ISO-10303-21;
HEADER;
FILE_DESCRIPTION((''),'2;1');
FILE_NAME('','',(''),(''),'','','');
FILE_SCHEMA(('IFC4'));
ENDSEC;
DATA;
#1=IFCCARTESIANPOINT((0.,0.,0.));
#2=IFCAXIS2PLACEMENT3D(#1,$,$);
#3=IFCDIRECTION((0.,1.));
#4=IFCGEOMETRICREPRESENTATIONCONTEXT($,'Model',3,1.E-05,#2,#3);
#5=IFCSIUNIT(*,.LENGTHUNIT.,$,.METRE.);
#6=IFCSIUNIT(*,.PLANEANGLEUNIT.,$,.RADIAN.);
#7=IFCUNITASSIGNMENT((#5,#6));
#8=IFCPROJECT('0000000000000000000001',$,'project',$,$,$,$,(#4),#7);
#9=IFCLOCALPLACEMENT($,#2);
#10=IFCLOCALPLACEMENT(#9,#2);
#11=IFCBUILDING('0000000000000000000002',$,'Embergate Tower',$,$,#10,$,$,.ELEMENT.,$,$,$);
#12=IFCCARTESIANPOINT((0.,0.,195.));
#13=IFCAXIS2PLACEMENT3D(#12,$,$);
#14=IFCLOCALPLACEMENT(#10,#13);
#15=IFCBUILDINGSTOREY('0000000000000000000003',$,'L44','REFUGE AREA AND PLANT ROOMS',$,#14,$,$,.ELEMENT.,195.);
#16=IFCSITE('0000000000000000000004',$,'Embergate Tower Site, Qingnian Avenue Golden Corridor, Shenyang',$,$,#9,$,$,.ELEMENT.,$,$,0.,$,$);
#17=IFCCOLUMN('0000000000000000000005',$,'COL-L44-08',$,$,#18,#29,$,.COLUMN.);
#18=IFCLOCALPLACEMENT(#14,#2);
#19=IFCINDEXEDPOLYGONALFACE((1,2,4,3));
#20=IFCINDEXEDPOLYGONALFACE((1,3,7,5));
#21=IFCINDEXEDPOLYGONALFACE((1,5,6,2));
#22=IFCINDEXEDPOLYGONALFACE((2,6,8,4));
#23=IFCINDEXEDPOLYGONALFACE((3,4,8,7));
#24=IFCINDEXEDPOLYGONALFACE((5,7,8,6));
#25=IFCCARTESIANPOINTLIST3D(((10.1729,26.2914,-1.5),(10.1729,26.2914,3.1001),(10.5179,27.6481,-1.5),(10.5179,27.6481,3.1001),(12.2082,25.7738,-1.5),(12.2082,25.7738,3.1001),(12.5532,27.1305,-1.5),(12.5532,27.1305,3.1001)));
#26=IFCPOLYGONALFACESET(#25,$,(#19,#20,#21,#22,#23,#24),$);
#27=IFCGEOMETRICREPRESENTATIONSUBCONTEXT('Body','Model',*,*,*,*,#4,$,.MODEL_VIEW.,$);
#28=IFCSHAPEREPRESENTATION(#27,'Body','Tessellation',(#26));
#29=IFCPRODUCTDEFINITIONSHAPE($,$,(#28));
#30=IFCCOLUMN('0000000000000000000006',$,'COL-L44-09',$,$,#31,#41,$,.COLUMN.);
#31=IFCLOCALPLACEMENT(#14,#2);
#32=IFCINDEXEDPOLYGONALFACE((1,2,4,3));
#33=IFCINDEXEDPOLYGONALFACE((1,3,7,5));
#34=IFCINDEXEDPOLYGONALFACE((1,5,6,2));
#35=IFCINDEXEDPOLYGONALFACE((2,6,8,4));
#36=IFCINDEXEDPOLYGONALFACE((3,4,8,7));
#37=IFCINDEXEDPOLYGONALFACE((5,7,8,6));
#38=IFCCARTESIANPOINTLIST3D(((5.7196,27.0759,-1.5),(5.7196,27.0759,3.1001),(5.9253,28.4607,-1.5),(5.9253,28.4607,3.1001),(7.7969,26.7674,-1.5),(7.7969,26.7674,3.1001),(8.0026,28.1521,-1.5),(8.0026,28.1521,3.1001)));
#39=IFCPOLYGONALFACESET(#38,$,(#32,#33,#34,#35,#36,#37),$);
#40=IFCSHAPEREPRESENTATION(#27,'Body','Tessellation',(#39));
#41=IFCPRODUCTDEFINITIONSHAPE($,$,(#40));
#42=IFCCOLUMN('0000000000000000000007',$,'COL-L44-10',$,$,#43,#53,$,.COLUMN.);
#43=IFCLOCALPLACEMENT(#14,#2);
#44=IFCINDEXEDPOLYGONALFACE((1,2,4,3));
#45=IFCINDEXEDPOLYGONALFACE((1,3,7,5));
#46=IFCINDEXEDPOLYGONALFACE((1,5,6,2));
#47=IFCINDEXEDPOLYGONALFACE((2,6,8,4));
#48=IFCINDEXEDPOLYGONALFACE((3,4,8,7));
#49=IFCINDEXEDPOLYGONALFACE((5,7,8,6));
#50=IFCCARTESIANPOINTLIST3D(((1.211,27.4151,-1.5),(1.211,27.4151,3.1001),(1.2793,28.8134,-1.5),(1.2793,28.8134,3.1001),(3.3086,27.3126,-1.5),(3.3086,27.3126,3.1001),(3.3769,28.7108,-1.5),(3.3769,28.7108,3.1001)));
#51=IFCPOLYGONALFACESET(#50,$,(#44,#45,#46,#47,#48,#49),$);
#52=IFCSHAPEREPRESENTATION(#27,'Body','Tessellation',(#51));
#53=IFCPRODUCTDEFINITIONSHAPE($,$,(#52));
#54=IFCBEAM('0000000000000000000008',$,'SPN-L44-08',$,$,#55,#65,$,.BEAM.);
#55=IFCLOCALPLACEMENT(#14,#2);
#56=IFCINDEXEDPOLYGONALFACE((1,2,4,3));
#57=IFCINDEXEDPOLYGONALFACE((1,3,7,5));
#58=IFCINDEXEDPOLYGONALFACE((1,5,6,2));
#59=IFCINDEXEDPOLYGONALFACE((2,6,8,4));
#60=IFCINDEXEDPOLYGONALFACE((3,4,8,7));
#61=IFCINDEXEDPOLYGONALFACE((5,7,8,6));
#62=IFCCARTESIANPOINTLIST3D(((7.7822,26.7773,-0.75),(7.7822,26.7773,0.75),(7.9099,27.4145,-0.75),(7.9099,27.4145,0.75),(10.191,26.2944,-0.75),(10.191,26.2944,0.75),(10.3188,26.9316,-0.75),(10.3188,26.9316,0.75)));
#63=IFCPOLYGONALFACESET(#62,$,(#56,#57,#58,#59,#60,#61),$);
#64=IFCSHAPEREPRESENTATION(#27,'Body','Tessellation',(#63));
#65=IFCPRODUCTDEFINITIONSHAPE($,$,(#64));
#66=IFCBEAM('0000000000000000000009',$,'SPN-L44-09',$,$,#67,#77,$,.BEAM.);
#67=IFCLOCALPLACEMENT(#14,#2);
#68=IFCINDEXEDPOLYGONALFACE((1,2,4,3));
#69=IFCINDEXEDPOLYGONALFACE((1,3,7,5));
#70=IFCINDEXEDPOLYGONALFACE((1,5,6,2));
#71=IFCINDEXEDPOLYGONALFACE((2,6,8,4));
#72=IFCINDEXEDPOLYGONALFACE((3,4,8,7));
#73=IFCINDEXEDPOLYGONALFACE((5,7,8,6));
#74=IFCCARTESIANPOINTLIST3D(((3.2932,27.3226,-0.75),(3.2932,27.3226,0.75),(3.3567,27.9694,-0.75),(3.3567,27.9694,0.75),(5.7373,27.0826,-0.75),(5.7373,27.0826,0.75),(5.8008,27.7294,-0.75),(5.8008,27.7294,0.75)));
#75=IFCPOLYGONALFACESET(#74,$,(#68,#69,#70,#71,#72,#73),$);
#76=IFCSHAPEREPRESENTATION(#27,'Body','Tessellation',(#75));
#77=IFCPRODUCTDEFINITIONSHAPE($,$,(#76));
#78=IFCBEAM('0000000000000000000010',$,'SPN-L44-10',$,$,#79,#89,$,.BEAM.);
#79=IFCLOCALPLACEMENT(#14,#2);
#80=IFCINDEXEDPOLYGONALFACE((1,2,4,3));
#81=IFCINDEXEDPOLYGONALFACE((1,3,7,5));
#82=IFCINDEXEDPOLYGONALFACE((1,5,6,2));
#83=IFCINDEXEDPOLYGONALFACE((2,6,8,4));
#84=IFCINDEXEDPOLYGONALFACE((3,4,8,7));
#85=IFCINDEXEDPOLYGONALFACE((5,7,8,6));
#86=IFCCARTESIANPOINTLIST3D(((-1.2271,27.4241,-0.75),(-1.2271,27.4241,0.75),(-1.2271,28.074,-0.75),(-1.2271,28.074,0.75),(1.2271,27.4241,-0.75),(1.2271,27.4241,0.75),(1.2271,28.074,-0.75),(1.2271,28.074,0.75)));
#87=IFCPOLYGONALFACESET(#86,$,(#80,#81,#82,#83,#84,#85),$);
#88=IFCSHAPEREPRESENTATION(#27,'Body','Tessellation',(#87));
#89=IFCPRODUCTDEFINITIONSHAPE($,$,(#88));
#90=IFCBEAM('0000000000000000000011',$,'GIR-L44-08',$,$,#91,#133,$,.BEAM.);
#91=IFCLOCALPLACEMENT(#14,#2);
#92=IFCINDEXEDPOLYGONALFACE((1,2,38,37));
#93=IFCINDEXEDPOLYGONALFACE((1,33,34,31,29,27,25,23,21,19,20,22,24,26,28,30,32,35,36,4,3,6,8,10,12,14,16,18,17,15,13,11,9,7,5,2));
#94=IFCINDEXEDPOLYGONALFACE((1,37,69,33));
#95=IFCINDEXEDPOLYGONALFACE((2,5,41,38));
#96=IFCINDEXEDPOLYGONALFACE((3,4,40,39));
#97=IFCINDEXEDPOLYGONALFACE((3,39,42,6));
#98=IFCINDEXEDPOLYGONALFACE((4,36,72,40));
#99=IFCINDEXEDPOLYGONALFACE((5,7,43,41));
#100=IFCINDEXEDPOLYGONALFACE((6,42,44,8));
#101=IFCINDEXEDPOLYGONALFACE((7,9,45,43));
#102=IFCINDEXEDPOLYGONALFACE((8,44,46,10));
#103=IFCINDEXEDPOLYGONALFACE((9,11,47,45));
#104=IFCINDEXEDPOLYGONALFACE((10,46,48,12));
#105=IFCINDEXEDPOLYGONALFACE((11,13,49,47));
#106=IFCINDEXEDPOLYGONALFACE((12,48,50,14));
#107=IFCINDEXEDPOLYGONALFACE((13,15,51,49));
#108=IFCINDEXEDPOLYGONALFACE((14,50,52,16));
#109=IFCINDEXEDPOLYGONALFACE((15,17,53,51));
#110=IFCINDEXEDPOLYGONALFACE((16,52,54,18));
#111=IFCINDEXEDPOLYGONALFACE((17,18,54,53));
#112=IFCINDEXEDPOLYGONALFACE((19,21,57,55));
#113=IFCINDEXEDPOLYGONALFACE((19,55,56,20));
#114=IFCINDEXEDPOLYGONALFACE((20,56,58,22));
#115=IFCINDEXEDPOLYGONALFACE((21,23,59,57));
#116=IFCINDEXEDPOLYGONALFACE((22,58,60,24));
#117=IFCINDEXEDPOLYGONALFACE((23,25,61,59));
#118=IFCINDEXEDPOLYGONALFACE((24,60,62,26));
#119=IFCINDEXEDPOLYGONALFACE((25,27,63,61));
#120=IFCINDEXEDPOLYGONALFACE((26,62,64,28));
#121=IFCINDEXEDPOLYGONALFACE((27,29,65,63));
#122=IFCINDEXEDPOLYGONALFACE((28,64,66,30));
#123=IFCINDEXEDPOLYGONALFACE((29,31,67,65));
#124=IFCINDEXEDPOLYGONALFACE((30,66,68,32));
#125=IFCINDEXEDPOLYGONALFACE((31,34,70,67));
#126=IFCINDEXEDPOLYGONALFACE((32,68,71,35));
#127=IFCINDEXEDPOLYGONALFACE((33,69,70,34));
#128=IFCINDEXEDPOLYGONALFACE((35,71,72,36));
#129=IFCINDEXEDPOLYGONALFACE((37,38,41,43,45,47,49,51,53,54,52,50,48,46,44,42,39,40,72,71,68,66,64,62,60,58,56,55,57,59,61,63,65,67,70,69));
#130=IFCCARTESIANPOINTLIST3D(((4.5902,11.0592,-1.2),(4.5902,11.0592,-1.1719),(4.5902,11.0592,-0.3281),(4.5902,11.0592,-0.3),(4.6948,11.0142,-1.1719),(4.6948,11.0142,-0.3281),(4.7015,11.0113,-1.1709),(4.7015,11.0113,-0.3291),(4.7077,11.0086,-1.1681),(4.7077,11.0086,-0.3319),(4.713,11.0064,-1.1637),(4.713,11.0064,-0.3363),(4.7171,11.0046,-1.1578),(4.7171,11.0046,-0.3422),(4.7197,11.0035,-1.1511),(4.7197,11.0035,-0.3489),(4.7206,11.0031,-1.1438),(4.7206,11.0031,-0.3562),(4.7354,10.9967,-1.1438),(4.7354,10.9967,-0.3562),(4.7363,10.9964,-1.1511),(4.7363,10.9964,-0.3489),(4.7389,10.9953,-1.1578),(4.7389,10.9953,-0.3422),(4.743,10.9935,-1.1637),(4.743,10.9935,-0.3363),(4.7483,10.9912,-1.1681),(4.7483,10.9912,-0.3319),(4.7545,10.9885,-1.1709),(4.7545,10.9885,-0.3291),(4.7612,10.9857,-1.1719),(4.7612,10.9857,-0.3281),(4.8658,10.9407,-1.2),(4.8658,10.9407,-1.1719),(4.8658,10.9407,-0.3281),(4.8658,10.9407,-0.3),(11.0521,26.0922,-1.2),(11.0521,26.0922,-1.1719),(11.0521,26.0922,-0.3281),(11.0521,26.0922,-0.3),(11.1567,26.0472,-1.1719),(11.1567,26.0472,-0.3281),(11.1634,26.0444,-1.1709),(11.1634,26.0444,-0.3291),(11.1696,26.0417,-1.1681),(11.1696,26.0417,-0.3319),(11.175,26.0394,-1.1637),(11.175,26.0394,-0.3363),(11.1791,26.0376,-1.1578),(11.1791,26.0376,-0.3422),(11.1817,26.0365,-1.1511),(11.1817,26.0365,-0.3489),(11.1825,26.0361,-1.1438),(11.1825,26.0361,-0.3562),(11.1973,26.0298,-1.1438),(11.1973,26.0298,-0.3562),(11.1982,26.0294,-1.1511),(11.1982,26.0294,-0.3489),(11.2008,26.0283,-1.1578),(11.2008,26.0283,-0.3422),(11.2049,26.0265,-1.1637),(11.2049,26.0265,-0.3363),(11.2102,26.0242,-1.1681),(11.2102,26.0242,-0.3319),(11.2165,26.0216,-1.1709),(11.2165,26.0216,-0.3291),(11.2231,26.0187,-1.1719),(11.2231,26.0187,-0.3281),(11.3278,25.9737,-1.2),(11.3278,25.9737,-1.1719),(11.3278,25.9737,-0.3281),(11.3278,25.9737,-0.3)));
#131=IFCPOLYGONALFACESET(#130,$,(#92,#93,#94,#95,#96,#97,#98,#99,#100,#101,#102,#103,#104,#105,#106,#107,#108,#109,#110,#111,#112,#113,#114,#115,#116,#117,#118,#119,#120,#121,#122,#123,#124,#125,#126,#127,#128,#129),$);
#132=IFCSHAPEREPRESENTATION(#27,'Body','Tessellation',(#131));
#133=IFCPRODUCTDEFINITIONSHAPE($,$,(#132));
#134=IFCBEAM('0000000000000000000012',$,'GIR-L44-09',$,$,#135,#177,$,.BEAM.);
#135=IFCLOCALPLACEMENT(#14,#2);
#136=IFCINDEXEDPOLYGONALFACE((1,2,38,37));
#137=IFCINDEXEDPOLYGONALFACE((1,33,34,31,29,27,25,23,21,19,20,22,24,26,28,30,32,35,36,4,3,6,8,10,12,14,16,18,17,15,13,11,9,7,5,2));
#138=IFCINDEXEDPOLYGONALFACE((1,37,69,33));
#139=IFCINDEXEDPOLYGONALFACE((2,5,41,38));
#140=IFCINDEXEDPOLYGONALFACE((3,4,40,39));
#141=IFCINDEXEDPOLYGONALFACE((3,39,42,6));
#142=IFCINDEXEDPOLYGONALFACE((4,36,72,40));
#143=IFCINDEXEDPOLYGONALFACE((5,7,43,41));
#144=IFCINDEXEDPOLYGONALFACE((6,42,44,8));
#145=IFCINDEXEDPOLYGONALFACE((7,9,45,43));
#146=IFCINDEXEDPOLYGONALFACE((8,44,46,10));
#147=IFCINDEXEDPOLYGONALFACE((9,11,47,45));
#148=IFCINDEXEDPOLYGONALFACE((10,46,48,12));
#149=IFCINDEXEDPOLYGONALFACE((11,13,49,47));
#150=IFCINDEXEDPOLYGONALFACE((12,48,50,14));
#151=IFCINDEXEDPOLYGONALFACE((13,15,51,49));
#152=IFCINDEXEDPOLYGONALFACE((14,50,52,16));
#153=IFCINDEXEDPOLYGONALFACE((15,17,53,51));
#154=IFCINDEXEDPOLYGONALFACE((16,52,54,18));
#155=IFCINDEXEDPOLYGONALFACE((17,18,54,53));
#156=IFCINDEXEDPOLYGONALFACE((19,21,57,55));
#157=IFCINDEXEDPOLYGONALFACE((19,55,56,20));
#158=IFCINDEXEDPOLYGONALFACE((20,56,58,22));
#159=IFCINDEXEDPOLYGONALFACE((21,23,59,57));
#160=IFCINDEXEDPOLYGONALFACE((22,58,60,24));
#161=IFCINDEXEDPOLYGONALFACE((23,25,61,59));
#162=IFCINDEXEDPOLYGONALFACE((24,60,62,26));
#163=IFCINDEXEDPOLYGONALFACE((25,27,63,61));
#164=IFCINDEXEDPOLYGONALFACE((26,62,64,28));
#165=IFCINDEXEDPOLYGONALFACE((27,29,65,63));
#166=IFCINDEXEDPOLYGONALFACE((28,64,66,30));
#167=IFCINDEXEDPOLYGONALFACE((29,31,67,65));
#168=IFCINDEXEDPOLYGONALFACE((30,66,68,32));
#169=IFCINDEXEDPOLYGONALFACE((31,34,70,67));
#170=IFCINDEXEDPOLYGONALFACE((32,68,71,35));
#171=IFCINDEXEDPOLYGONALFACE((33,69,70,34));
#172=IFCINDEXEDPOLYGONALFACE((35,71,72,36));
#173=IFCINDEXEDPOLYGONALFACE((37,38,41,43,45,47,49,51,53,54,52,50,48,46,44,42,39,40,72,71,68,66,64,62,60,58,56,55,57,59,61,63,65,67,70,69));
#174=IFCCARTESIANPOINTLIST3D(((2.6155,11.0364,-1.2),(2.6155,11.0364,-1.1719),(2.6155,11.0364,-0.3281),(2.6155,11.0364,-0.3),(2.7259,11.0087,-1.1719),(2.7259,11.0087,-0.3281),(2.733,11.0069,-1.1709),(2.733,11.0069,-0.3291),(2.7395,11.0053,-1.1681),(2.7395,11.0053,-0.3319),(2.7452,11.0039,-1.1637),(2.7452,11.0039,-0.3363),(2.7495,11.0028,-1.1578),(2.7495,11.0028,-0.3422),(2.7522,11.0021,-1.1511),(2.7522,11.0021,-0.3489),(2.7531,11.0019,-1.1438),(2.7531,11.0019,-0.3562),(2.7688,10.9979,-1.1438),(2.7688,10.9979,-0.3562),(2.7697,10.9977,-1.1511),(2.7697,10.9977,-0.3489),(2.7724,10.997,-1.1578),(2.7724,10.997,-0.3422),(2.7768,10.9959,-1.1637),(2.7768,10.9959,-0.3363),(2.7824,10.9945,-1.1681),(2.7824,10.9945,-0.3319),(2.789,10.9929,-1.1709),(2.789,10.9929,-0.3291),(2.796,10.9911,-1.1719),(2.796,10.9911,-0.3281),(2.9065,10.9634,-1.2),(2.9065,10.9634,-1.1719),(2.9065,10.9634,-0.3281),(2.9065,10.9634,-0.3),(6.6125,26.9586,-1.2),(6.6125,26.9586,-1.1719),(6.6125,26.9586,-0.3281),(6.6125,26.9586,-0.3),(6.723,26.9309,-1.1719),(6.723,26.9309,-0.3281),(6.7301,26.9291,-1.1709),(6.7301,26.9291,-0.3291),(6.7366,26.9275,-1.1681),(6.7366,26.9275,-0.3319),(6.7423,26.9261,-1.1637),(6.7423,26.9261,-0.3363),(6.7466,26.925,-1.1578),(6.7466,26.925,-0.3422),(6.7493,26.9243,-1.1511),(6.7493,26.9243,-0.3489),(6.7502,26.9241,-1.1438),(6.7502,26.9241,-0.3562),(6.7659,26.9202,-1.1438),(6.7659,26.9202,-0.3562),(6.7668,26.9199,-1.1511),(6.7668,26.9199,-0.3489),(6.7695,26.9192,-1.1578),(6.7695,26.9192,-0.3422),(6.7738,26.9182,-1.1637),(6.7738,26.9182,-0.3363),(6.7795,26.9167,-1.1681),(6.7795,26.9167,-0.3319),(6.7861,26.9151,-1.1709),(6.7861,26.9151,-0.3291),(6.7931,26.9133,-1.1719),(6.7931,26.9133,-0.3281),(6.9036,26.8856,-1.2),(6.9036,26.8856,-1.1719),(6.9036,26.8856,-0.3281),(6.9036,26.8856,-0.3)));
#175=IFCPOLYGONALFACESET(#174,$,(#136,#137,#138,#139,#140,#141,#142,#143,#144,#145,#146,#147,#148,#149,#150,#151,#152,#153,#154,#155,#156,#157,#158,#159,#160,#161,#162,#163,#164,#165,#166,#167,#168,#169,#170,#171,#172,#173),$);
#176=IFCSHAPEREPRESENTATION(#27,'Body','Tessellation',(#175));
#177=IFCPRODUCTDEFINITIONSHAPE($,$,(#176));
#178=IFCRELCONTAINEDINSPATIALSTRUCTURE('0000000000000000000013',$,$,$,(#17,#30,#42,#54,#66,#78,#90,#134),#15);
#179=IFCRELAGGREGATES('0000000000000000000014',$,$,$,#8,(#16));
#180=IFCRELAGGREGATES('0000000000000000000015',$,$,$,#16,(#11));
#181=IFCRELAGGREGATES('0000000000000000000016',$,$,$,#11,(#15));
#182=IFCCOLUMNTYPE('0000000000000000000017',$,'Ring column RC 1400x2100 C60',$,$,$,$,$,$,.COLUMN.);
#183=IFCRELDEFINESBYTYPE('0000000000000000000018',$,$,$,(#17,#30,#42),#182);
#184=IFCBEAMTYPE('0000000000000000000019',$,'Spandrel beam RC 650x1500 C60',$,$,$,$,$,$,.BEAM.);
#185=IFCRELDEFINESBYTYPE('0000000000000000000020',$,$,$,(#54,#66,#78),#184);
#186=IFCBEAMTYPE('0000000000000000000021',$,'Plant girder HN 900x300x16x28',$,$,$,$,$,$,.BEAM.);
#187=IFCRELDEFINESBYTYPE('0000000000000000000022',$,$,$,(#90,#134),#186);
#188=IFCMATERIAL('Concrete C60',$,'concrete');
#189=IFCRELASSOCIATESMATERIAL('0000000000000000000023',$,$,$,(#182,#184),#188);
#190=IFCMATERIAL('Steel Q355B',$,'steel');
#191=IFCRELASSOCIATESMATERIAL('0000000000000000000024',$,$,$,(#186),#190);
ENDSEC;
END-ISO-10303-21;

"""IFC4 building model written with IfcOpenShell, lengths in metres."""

from ifc_helpers import new_model, si_unit, direction, frame, origin, origin_2d, place, context, subcontext, project, spatial, rectangle, i_section, extrude, source, transform, mapped, material, material_profile, profile_set, type_object, element, save


model = new_model("IFC4")

# Units and contexts
model_context = context("Model", 3, precision=1e-05, world=origin(), true_north=direction((0.0, 1.0)))
body_context = subcontext(model_context, "Body", "Model", "MODEL_VIEW")
ifc_project = project(units=[si_unit("LENGTHUNIT", "METRE"), si_unit("PLANEANGLEUNIT", "RADIAN")], contexts=[model_context])

# Site, building, storey
site_placement = place(None, origin())
site = spatial("IfcSite", under=ifc_project, at=site_placement, Name="Embergate Tower Site, Qingnian Avenue Golden Corridor, Shenyang", CompositionType="ELEMENT", RefElevation=0.0)
building_placement = place(site_placement, origin())
building = spatial("IfcBuilding", under=site, at=building_placement, Name="Embergate Tower", CompositionType="ELEMENT")
storey_placement = place(building_placement, frame((0.0, 0.0, 195.0)))
storey = spatial("IfcBuildingStorey", under=building, at=storey_placement, Name="L44", Description="REFUGE AREA AND PLANT ROOMS", CompositionType="ELEMENT", Elevation=195.0)

# Columns
ifc_material_1 = material(Name="Concrete C60", Category="concrete")
ifc_material_profile_1 = material_profile(ifc_material_1, rectangle(XDim=1.3999, YDim=2.1001, at=origin_2d()), Name="RC 1400x2100")
ifc_profile_set_1 = profile_set([ifc_material_profile_1], Name="Concrete C60")
column_type = type_object("IfcColumnType", Name="Ring column RC 1400x2100 C60", PredefinedType="COLUMN", material=ifc_profile_set_1)
shared_shape_1 = source(origin(), body_context, "Body", "SweptSolid", [
    extrude(rectangle(XDim=1.3999, YDim=2.1001, at=origin_2d()), origin(), (0.0, 0.0, 1.0), 4.6001),
])
for number, where, z_axis, x_axis, name in (
    (1, (11.363, 26.7109, -1.5), (0.0, 0.0, 1.0), (0.246492, 0.969145, 0.0), "COL-L44-08"),
    (2, (6.8611, 27.614, -1.5), (0.0, 0.0, 1.0), (0.146929, 0.989147, 0.0), "COL-L44-09"),
    (3, (2.2939, 28.063, -1.5), (0.0, 0.0, 1.0), (0.048815, 0.998808, 0.0), "COL-L44-10"),
):
    element("IfcColumn", number, at=place(storey_placement, frame(where, z_axis=z_axis, x_axis=x_axis)), inside=storey, type_object=column_type, Name=name, PredefinedType="COLUMN", context=body_context, shape_type="MappedRepresentation", body=[
        mapped(shared_shape_1, transform((0.0, 0.0, 0.0))),
    ])

# Beams
ifc_material_profile_2 = material_profile(ifc_material_1, rectangle(XDim=0.6499, YDim=1.5, at=origin_2d()), Name="RC 650x1500")
ifc_profile_set_2 = profile_set([ifc_material_profile_2], Name="Concrete C60")
beam_type_1 = type_object("IfcBeamType", Name="Spandrel beam RC 650x1500 C60", PredefinedType="BEAM", material=ifc_profile_set_2)
shared_shape_2 = source(origin(), body_context, "Body", "SweptSolid", [
    extrude(rectangle(XDim=0.6499, YDim=1.5, at=origin_2d()), origin(), (0.0, 0.0, 1.0), 2.4568),
])
beam_1_placement = place(storey_placement, frame((10.2549, 26.613, 0.0), z_axis=(-0.980493, 0.196556, 0.0), x_axis=(-0.196556, -0.980493, 0.0)))
element("IfcBeam", 4, at=beam_1_placement, inside=storey, type_object=beam_type_1, Name="SPN-L44-08", PredefinedType="BEAM", context=body_context, shape_type="MappedRepresentation", body=[
    mapped(shared_shape_2, transform((0.0, 0.0, 0.0))),
])
shared_shape_3 = source(origin(), body_context, "Body", "SweptSolid", [
    extrude(rectangle(XDim=0.6499, YDim=1.5, at=origin_2d()), origin(), (0.0, 0.0, 1.0), 2.4558),
])
beam_2_placement = place(storey_placement, frame((5.769, 27.406, 0.0), z_axis=(-0.995214, 0.097722, 0.0), x_axis=(-0.097722, -0.995214, 0.0)))
element("IfcBeam", 5, at=beam_2_placement, inside=storey, type_object=beam_type_1, Name="SPN-L44-09", PredefinedType="BEAM", context=body_context, shape_type="MappedRepresentation", body=[
    mapped(shared_shape_3, transform((0.0, 0.0, 0.0))),
])
shared_shape_4 = source(origin(), body_context, "Body", "SweptSolid", [
    extrude(rectangle(XDim=0.6499, YDim=1.5, at=origin_2d()), origin(), (0.0, 0.0, 1.0), 2.4541),
])
beam_3_placement = place(storey_placement, frame((1.2271, 27.749, 0.0), z_axis=(-1.0, 0.0, 0.0), x_axis=(0.0, -1.0, 0.0)))
element("IfcBeam", 6, at=beam_3_placement, inside=storey, type_object=beam_type_1, Name="SPN-L44-10", PredefinedType="BEAM", context=body_context, shape_type="MappedRepresentation", body=[
    mapped(shared_shape_4, transform((0.0, 0.0, 0.0))),
])
ifc_material_2 = material(Name="Steel Q355B", Category="steel")
ifc_material_profile_3 = material_profile(ifc_material_2, i_section(OverallWidth=0.3, OverallDepth=0.8999, WebThickness=0.0161, FlangeThickness=0.0281, FilletRadius=0.0281, at=origin_2d()), Name="HN 900x300x16x28")
ifc_profile_set_3 = profile_set([ifc_material_profile_3], Name="Steel Q355 grade B")
beam_type_2 = type_object("IfcBeamType", Name="Plant girder HN 900x300x16x28", PredefinedType="BEAM", material=ifc_profile_set_3)
shared_shape_5 = source(origin(), body_context, "Body", "SweptSolid", [
    extrude(i_section(OverallWidth=0.3, OverallDepth=0.8999, WebThickness=0.0161, FlangeThickness=0.0281, FilletRadius=0.0281, at=origin_2d()), origin(), (0.0, 0.0, 1.0), 16.363),
])
beam_4_placement = place(storey_placement, frame((11.1899, 26.033, -0.75), z_axis=(-0.394911, -0.918719, 0.0), x_axis=(0.918719, -0.394911, 0.0)))
element("IfcBeam", 7, at=beam_4_placement, inside=storey, type_object=beam_type_2, Name="GIR-L44-08", PredefinedType="BEAM", context=body_context, shape_type="MappedRepresentation", body=[
    mapped(shared_shape_5, transform((0.0, 0.0, 0.0))),
])
shared_shape_6 = source(origin(), body_context, "Body", "SweptSolid", [
    extrude(i_section(OverallWidth=0.3, OverallDepth=0.8999, WebThickness=0.0161, FlangeThickness=0.0281, FilletRadius=0.0281, at=origin_2d()), origin(), (0.0, 0.0, 1.0), 16.4163),
])
beam_5_placement = place(storey_placement, frame((6.7581, 26.9221, -0.75), z_axis=(-0.243484, -0.969905, 0.0), x_axis=(0.969905, -0.243484, 0.0)))
element("IfcBeam", 8, at=beam_5_placement, inside=storey, type_object=beam_type_2, Name="GIR-L44-09", PredefinedType="BEAM", context=body_context, shape_type="MappedRepresentation", body=[
    mapped(shared_shape_6, transform((0.0, 0.0, 0.0))),
])

save(model, "model.ifc")
